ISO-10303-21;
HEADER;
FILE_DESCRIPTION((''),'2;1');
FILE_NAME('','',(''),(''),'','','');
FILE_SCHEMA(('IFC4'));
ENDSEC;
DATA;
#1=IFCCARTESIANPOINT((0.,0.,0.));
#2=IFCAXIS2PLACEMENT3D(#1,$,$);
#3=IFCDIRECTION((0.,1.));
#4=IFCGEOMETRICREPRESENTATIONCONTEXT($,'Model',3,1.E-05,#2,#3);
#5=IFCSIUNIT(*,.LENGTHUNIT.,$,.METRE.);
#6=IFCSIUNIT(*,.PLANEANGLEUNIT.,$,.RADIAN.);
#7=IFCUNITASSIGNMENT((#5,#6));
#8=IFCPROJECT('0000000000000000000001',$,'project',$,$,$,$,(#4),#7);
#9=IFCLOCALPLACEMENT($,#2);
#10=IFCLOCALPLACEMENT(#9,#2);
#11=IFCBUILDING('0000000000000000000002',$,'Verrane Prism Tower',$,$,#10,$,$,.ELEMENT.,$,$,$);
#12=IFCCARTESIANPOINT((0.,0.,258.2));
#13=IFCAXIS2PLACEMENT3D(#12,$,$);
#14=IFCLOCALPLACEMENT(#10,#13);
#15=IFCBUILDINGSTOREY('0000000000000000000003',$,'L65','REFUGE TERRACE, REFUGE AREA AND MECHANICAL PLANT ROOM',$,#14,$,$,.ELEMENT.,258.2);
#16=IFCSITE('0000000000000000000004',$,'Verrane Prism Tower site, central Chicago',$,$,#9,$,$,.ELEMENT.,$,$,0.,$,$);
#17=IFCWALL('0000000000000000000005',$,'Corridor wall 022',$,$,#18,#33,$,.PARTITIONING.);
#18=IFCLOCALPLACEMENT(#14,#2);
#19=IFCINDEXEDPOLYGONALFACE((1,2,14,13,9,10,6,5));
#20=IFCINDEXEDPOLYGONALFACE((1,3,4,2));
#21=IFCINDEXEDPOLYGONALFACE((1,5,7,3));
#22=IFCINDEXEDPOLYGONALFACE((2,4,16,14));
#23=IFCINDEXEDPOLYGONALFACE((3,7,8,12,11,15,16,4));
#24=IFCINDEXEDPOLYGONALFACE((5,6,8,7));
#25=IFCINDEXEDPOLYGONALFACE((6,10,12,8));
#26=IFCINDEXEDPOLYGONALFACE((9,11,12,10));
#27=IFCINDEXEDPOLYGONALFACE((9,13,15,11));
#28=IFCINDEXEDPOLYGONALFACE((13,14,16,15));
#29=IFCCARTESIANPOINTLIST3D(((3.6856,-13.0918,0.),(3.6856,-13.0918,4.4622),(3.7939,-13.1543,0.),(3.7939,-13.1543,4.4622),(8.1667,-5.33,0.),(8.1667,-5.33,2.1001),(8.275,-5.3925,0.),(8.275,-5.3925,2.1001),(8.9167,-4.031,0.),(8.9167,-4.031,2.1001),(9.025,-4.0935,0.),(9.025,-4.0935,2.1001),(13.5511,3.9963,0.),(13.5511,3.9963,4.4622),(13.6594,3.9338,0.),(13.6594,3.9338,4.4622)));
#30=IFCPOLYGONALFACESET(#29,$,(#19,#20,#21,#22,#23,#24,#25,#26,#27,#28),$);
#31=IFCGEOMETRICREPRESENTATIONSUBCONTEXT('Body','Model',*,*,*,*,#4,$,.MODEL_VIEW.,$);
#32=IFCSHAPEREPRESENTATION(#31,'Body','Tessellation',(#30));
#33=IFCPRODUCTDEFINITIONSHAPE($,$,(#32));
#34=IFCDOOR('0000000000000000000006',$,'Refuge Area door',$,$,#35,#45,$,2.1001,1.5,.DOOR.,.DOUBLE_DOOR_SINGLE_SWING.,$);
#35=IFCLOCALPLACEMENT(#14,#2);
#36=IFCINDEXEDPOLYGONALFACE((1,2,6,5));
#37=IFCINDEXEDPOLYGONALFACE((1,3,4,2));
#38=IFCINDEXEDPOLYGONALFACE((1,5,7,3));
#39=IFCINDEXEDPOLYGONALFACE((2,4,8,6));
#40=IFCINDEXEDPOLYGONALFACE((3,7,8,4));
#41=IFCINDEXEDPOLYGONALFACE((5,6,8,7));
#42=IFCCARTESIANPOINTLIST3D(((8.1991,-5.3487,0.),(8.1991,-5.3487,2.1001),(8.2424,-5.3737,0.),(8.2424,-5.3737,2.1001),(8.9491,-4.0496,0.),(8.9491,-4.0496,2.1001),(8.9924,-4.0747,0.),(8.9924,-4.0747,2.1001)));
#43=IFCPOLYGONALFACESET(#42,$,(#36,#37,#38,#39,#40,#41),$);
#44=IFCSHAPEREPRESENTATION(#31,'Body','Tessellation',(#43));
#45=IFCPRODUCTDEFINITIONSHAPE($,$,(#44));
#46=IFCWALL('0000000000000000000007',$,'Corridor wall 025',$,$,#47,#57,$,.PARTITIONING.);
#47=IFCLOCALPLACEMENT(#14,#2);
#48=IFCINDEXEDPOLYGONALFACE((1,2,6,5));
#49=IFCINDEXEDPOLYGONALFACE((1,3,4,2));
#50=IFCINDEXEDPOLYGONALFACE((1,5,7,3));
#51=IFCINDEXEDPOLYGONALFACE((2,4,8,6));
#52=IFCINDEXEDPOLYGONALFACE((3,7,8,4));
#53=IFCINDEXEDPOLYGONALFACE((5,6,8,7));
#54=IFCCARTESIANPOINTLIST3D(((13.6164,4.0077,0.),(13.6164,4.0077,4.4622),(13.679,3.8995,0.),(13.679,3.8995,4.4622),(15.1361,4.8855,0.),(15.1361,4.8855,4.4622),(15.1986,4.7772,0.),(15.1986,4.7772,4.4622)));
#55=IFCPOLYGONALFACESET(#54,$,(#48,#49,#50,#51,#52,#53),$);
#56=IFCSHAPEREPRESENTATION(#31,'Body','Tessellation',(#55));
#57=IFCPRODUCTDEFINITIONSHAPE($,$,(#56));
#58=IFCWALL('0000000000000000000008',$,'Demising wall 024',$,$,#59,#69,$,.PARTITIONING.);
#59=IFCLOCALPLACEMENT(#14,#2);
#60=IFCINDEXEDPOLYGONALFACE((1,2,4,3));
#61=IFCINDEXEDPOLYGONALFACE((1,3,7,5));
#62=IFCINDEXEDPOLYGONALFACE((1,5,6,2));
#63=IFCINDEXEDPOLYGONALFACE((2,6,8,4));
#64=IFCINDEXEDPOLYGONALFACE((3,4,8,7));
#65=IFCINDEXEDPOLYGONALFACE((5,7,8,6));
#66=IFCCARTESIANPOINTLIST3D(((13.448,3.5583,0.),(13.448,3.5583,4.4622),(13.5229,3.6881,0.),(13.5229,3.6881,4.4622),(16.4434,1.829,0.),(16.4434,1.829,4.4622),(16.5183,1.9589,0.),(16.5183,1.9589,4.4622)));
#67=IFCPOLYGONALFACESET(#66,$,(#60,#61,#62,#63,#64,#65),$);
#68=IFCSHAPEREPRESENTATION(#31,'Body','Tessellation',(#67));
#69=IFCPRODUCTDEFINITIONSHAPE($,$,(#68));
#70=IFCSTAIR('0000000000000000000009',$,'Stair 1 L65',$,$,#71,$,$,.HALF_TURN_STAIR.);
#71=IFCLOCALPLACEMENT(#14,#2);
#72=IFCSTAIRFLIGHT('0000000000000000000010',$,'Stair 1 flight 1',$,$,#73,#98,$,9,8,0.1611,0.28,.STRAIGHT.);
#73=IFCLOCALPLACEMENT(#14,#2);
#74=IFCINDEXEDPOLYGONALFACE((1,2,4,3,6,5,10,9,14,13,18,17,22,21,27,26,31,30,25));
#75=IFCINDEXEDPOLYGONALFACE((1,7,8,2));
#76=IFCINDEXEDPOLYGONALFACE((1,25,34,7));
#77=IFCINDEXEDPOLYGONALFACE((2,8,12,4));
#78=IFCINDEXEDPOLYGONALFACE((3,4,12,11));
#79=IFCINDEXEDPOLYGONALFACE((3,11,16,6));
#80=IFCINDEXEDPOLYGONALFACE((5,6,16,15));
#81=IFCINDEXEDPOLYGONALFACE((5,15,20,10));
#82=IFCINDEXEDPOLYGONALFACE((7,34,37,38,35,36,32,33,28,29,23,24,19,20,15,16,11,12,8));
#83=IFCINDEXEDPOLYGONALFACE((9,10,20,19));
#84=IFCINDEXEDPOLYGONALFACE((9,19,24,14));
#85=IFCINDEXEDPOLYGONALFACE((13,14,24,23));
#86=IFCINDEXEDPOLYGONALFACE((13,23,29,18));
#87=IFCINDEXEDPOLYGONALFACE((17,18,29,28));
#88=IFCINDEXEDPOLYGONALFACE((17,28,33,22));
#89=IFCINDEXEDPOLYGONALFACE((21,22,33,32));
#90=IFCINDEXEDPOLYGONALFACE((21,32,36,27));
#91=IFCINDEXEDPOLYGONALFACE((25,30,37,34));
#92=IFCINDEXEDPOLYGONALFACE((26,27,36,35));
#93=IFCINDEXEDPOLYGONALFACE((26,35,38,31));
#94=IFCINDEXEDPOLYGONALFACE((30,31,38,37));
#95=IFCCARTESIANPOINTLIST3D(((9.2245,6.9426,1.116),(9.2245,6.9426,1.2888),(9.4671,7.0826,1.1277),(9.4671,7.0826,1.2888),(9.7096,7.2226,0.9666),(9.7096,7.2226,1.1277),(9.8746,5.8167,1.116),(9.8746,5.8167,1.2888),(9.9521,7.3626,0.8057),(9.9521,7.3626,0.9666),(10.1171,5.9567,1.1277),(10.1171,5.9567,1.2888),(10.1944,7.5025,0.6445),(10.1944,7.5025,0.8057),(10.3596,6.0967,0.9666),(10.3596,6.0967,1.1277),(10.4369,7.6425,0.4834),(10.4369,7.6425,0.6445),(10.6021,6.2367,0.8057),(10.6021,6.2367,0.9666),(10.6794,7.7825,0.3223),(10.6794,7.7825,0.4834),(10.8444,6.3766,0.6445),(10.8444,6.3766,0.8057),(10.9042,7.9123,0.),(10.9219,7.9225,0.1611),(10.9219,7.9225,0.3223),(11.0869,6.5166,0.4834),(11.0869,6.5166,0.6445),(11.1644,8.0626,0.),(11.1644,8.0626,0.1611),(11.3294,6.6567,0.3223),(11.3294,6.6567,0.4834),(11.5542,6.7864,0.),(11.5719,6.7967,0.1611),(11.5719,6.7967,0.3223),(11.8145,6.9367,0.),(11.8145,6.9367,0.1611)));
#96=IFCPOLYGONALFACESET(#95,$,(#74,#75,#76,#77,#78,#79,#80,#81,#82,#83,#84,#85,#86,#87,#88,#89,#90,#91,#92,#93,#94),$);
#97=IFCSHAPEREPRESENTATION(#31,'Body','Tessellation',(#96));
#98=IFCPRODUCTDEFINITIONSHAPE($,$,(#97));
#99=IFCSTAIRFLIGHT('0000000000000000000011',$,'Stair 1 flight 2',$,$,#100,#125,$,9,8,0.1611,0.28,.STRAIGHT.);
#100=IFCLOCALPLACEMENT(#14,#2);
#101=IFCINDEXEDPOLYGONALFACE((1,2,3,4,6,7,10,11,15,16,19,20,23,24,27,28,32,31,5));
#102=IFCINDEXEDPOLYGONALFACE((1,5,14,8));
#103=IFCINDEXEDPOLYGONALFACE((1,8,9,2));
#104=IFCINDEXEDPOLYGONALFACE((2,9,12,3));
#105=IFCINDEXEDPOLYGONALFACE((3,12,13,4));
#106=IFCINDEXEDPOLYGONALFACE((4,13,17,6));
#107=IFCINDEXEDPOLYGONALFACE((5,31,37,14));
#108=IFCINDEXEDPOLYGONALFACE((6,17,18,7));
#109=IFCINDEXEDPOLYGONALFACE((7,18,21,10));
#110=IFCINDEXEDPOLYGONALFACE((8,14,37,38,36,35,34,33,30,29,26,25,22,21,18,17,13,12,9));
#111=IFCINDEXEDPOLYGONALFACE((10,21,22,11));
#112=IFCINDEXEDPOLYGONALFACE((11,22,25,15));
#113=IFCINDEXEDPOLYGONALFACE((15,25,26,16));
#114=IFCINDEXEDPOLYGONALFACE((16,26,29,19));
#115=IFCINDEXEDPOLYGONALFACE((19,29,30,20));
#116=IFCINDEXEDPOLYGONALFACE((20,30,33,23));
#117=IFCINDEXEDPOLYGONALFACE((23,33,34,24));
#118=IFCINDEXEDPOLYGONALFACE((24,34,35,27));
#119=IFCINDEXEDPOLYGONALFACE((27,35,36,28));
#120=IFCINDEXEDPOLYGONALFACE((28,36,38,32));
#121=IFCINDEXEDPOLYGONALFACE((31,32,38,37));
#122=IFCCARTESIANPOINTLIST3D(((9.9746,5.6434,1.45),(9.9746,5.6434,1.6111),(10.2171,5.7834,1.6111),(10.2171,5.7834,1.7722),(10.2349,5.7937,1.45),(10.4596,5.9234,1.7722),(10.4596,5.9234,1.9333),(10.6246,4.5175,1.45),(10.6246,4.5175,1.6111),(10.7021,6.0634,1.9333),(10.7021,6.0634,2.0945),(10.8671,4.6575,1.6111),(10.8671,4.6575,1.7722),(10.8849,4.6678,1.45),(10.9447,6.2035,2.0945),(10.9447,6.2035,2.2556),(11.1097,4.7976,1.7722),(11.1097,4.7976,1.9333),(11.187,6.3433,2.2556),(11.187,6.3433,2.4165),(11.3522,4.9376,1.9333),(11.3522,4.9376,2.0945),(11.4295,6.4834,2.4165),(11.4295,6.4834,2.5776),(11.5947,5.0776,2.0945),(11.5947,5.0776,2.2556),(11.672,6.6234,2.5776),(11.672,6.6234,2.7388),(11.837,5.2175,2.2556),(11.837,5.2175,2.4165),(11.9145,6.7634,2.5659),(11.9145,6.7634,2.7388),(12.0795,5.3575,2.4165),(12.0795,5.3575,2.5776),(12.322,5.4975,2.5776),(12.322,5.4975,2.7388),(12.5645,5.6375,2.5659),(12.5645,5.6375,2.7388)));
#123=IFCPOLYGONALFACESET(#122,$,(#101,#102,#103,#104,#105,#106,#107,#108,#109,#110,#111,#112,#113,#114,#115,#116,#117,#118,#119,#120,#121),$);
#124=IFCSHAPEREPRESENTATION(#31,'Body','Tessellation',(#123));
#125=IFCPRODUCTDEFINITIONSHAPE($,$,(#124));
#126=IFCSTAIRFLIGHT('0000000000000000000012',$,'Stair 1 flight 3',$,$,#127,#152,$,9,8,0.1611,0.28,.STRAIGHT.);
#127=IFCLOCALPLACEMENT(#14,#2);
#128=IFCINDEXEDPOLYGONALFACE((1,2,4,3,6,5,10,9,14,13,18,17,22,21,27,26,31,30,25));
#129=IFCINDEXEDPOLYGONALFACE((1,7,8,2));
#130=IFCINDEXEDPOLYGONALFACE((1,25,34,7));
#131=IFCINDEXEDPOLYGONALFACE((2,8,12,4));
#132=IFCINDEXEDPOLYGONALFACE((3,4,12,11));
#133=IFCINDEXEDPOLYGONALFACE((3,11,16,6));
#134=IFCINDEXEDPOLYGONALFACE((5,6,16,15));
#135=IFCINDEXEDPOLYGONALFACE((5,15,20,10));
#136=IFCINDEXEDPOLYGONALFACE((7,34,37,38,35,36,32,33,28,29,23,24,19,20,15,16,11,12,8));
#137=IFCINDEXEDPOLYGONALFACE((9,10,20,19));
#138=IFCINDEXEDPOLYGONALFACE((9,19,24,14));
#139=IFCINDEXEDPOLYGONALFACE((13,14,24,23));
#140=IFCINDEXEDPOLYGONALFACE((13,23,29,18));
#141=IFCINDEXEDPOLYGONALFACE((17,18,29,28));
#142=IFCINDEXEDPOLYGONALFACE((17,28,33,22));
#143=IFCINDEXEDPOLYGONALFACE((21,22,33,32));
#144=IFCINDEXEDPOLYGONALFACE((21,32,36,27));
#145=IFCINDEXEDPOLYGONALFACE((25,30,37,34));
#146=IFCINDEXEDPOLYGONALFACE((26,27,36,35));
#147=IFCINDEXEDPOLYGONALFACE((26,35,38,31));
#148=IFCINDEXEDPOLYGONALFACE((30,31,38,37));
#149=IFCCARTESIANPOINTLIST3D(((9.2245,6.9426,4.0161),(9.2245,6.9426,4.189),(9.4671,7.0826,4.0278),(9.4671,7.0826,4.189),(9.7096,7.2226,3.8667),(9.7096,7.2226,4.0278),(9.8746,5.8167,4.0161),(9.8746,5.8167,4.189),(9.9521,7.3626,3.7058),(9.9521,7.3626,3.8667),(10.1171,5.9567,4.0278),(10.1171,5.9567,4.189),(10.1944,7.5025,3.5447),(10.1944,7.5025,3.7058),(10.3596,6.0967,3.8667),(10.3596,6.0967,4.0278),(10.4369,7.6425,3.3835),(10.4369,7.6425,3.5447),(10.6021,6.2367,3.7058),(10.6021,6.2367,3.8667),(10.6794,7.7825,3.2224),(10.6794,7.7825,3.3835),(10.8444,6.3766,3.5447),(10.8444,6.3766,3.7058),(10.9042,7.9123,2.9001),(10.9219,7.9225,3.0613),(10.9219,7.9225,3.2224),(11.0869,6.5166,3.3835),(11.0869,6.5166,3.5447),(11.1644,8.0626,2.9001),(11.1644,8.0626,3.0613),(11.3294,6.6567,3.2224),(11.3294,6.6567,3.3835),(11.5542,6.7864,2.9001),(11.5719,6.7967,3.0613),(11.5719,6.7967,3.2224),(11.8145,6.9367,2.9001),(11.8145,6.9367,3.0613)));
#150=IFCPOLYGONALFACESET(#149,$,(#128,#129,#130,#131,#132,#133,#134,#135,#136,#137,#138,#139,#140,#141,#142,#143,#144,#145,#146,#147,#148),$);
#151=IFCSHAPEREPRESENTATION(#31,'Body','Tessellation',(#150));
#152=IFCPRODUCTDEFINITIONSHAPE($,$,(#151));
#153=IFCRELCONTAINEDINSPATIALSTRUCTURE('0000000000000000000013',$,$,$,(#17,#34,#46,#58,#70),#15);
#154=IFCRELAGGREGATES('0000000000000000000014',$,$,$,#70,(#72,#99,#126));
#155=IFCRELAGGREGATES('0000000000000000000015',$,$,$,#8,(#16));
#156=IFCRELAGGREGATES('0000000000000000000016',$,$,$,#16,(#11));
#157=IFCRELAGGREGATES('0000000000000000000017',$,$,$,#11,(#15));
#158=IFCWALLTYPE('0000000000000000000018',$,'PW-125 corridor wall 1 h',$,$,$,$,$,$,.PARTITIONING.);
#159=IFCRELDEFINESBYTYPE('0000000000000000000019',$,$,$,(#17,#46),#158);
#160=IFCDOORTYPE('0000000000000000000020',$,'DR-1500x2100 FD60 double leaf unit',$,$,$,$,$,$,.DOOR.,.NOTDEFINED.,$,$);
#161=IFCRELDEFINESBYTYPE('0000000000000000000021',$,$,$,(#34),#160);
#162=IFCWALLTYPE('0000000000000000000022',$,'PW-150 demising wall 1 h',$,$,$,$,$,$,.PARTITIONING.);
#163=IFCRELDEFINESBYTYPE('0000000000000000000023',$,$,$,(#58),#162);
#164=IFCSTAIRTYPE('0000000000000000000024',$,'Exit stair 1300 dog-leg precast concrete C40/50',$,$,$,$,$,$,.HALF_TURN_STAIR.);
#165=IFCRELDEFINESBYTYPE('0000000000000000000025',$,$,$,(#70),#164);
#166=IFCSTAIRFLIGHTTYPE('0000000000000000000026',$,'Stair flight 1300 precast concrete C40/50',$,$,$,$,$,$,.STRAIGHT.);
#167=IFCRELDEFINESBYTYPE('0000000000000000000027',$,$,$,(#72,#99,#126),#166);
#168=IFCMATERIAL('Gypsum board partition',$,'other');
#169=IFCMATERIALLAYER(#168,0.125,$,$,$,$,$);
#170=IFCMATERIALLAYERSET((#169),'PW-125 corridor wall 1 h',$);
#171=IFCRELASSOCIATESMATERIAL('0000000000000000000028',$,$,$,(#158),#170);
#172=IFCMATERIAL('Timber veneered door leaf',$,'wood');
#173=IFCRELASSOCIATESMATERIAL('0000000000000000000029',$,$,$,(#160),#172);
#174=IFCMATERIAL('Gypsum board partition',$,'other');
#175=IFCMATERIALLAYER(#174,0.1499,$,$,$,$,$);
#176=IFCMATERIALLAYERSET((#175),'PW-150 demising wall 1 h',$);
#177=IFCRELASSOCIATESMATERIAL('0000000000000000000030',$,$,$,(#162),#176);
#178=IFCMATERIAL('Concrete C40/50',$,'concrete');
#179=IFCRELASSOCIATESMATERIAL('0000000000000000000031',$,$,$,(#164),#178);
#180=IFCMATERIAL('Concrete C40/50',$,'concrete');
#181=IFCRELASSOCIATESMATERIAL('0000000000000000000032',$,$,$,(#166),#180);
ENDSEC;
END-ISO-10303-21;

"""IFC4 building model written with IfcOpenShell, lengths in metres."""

from ifc_helpers import new_model, si_unit, direction, frame, frame_2d, origin, place, context, subcontext, project, spatial, polyline, rectangle, outline, extrude, material, layer, layer_set, type_object, element, fill, aggregate, save


model = new_model("IFC4")

# Units and contexts
model_context = context("Model", 3, precision=1e-05, world=origin(), true_north=direction((0.0, 1.0)))
body_context = subcontext(model_context, "Body", "Model", "MODEL_VIEW")
ifc_project = project(units=[si_unit("LENGTHUNIT", "METRE"), si_unit("PLANEANGLEUNIT", "RADIAN")], contexts=[model_context])

# Site, building, storey
site_placement = place(None, origin())
site = spatial("IfcSite", under=ifc_project, at=site_placement, Name="Verrane Prism Tower site, central Chicago", CompositionType="ELEMENT", RefElevation=0.0)
building_placement = place(site_placement, origin())
building = spatial("IfcBuilding", under=site, at=building_placement, Name="Verrane Prism Tower", CompositionType="ELEMENT")
storey_placement = place(building_placement, frame((0.0, 0.0, 258.2)))
storey = spatial("IfcBuildingStorey", under=building, at=storey_placement, Name="L65", Description="REFUGE TERRACE, REFUGE AREA AND MECHANICAL PLANT ROOM", CompositionType="ELEMENT", Elevation=258.2)

# Wall, opening, door
ifc_material_1 = material(Name="Gypsum board partition", Category="other")
ifc_layer_1 = layer(ifc_material_1, 0.125)
ifc_layer_set_1 = layer_set([ifc_layer_1], Name="PW-125 corridor wall 1 h")
wall_type_1 = type_object("IfcWallType", Name="PW-125 corridor wall 1 h", PredefinedType="PARTITIONING", material=ifc_layer_set_1)
wall_1_placement = place(storey_placement, frame((13.6052, 3.9651, 0.0), z_axis=(0.0, 0.0, 1.0), x_axis=(-0.499986, -0.866033, 0.0)))
wall_1 = element("IfcWall", 1, at=wall_1_placement, inside=storey, type_object=wall_type_1, Name="Corridor wall 022", PredefinedType="PARTITIONING", context=body_context, shape_type="SweptSolid", body=[
    extrude(rectangle(XDim=19.7314, YDim=0.125, at=frame_2d((9.8657, 0.0))), origin(), (0.0, 0.0, 1.0), 4.4622),
])
opening_placement = place(wall_1_placement, frame((9.269, 0.0, 0.0)))
opening = element("IfcOpeningElement", 2, at=opening_placement, cuts=wall_1, PredefinedType="OPENING", context=body_context, shape_type="SweptSolid", body=[
    extrude(rectangle(XDim=1.5, YDim=2.1001, at=frame_2d((0.75, 1.05))), frame((0.0, 0.0725, 0.0), z_axis=(0.0, -1.0, 0.0), x_axis=(1.0, 0.0, 0.0)), (0.0, 0.0, 1.0), 0.145),
])
ifc_material_2 = material(Name="Timber veneered door leaf", Category="wood")
door_type = type_object("IfcDoorType", Name="DR-1500x2100 FD60 double leaf unit", OperationType="NOTDEFINED", PredefinedType="DOOR", material=ifc_material_2)
door_placement = place(opening_placement, origin())
door = element("IfcDoor", 3, at=door_placement, inside=storey, type_object=door_type, Name="Refuge Area door", OperationType="DOUBLE_DOOR_SINGLE_SWING", OverallHeight=2.1001, OverallWidth=1.5, PredefinedType="DOOR", context=body_context, shape_type="SweptSolid", body=[
    extrude(rectangle(XDim=1.5, YDim=2.1001, at=frame_2d((0.75, 1.05))), frame((0.0, 0.0249, 0.0), z_axis=(0.0, -1.0, 0.0), x_axis=(1.0, 0.0, 0.0)), (0.0, 0.0, 1.0), 0.05),
])
fill(opening, door)

# Walls
wall_2_placement = place(storey_placement, frame((13.6477, 3.9536, 0.0), z_axis=(0.0, 0.0, 1.0), x_axis=(0.865931, 0.500164, 0.0)))
element("IfcWall", 4, at=wall_2_placement, inside=storey, type_object=wall_type_1, Name="Corridor wall 025", PredefinedType="PARTITIONING", context=body_context, shape_type="SweptSolid", body=[
    extrude(rectangle(XDim=1.7549, YDim=0.125, at=frame_2d((0.8774, 0.0))), origin(), (0.0, 0.0, 1.0), 4.4622),
])
ifc_material_3 = material(Name="Gypsum board partition", Category="other")
ifc_layer_2 = layer(ifc_material_3, 0.1499)
ifc_layer_set_2 = layer_set([ifc_layer_2], Name="PW-150 demising wall 1 h")
wall_type_2 = type_object("IfcWallType", Name="PW-150 demising wall 1 h", PredefinedType="PARTITIONING", material=ifc_layer_set_2)
wall_3_placement = place(storey_placement, frame((13.4854, 3.6233, 0.0), z_axis=(0.0, 0.0, 1.0), x_axis=(0.866041, -0.499973, 0.0)))
element("IfcWall", 5, at=wall_3_placement, inside=storey, type_object=wall_type_2, Name="Demising wall 024", PredefinedType="PARTITIONING", context=body_context, shape_type="SweptSolid", body=[
    extrude(rectangle(XDim=3.4587, YDim=0.1499, at=frame_2d((1.7295, 0.0))), origin(), (0.0, 0.0, 1.0), 4.4622),
])

# Stair, stair flights
ifc_material_4 = material(Name="Concrete C40/50", Category="concrete")
stair_type = type_object("IfcStairType", Name="Exit stair 1300 dog-leg precast concrete C40/50", PredefinedType="HALF_TURN_STAIR", material=ifc_material_4)
stair_placement = place(storey_placement, origin())
stair = element("IfcStair", 6, at=stair_placement, inside=storey, type_object=stair_type, Name="Stair 1 L65", PredefinedType="HALF_TURN_STAIR")
ifc_material_5 = material(Name="Concrete C40/50", Category="concrete")
stair_flight_type = type_object("IfcStairFlightType", Name="Stair flight 1300 precast concrete C40/50", PredefinedType="STRAIGHT", material=ifc_material_5)
stair_flight_1_placement = place(storey_placement, frame((11.4895, 7.4995, 0.0), z_axis=(0.0, 0.0, 1.0), x_axis=(-0.866025, -0.5, 0.0)))
stair_flight_1 = element("IfcStairFlight", 7, at=stair_flight_1_placement, type_object=stair_flight_type, Name="Stair 1 flight 1", NumberOfRisers=9, NumberOfTreads=8, PredefinedType="STRAIGHT", RiserHeight=0.1611, TreadLength=0.28, context=body_context, shape_type="SweptSolid", body=[
    extrude(outline(polyline([(0.0, 0.0), (0.0, 0.1611), (0.28, 0.1611), (0.28, 0.3223), (0.5601, 0.3223), (0.5601, 0.4834), (0.8401, 0.4834), (0.8401, 0.6445), (1.1201, 0.6445), (1.1201, 0.8057), (1.3999, 0.8057), (1.3999, 0.9666), (1.6799, 0.9666), (1.6799, 1.1277), (1.96, 1.1277), (1.96, 1.2888), (2.24, 1.2888), (2.24, 1.45), (2.24, 1.116), (0.3005, 0.0), (0.0, 0.0)])), frame((0.0, 0.6499, 0.0), z_axis=(0.0, -1.0, 0.0), x_axis=(1.0, 0.0, 0.0)), (0.0, 0.0, 1.0), 1.3),
])
stair_flight_2_placement = place(storey_placement, frame((10.2996, 5.0806, 1.45), z_axis=(0.0, 0.0, 1.0), x_axis=(0.866025, 0.5, 0.0)))
stair_flight_2 = element("IfcStairFlight", 8, at=stair_flight_2_placement, type_object=stair_flight_type, Name="Stair 1 flight 2", NumberOfRisers=9, NumberOfTreads=8, PredefinedType="STRAIGHT", RiserHeight=0.1611, TreadLength=0.28, context=body_context, shape_type="SweptSolid", body=[
    extrude(outline(polyline([(0.0, 0.0), (0.0, 0.1611), (0.28, 0.1611), (0.28, 0.3223), (0.5601, 0.3223), (0.5601, 0.4834), (0.8401, 0.4834), (0.8401, 0.6445), (1.1201, 0.6445), (1.1201, 0.8057), (1.3999, 0.8057), (1.3999, 0.9666), (1.6799, 0.9666), (1.6799, 1.1277), (1.96, 1.1277), (1.96, 1.2888), (2.24, 1.2888), (2.24, 1.45), (2.24, 1.116), (0.3005, 0.0), (0.0, 0.0)])), frame((0.0, 0.6499, 0.0), z_axis=(0.0, -1.0, 0.0), x_axis=(1.0, 0.0, 0.0)), (0.0, 0.0, 1.0), 1.3),
])
stair_flight_3_placement = place(storey_placement, frame((11.4895, 7.4995, 2.9001), z_axis=(0.0, 0.0, 1.0), x_axis=(-0.866025, -0.5, 0.0)))
stair_flight_3 = element("IfcStairFlight", 9, at=stair_flight_3_placement, type_object=stair_flight_type, Name="Stair 1 flight 3", NumberOfRisers=9, NumberOfTreads=8, PredefinedType="STRAIGHT", RiserHeight=0.1611, TreadLength=0.28, context=body_context, shape_type="SweptSolid", body=[
    extrude(outline(polyline([(0.0, 0.0), (0.0, 0.1611), (0.28, 0.1611), (0.28, 0.3223), (0.5601, 0.3223), (0.5601, 0.4834), (0.8401, 0.4834), (0.8401, 0.6445), (1.1201, 0.6445), (1.1201, 0.8057), (1.3999, 0.8057), (1.3999, 0.9666), (1.6799, 0.9666), (1.6799, 1.1277), (1.96, 1.1277), (1.96, 1.2888), (2.24, 1.2888), (2.24, 1.45), (2.24, 1.116), (0.3005, 0.0), (0.0, 0.0)])), frame((0.0, 0.6499, 0.0), z_axis=(0.0, -1.0, 0.0), x_axis=(1.0, 0.0, 0.0)), (0.0, 0.0, 1.0), 1.3),
])
aggregate(stair, [stair_flight_1, stair_flight_2, stair_flight_3])

save(model, "model.ifc")
